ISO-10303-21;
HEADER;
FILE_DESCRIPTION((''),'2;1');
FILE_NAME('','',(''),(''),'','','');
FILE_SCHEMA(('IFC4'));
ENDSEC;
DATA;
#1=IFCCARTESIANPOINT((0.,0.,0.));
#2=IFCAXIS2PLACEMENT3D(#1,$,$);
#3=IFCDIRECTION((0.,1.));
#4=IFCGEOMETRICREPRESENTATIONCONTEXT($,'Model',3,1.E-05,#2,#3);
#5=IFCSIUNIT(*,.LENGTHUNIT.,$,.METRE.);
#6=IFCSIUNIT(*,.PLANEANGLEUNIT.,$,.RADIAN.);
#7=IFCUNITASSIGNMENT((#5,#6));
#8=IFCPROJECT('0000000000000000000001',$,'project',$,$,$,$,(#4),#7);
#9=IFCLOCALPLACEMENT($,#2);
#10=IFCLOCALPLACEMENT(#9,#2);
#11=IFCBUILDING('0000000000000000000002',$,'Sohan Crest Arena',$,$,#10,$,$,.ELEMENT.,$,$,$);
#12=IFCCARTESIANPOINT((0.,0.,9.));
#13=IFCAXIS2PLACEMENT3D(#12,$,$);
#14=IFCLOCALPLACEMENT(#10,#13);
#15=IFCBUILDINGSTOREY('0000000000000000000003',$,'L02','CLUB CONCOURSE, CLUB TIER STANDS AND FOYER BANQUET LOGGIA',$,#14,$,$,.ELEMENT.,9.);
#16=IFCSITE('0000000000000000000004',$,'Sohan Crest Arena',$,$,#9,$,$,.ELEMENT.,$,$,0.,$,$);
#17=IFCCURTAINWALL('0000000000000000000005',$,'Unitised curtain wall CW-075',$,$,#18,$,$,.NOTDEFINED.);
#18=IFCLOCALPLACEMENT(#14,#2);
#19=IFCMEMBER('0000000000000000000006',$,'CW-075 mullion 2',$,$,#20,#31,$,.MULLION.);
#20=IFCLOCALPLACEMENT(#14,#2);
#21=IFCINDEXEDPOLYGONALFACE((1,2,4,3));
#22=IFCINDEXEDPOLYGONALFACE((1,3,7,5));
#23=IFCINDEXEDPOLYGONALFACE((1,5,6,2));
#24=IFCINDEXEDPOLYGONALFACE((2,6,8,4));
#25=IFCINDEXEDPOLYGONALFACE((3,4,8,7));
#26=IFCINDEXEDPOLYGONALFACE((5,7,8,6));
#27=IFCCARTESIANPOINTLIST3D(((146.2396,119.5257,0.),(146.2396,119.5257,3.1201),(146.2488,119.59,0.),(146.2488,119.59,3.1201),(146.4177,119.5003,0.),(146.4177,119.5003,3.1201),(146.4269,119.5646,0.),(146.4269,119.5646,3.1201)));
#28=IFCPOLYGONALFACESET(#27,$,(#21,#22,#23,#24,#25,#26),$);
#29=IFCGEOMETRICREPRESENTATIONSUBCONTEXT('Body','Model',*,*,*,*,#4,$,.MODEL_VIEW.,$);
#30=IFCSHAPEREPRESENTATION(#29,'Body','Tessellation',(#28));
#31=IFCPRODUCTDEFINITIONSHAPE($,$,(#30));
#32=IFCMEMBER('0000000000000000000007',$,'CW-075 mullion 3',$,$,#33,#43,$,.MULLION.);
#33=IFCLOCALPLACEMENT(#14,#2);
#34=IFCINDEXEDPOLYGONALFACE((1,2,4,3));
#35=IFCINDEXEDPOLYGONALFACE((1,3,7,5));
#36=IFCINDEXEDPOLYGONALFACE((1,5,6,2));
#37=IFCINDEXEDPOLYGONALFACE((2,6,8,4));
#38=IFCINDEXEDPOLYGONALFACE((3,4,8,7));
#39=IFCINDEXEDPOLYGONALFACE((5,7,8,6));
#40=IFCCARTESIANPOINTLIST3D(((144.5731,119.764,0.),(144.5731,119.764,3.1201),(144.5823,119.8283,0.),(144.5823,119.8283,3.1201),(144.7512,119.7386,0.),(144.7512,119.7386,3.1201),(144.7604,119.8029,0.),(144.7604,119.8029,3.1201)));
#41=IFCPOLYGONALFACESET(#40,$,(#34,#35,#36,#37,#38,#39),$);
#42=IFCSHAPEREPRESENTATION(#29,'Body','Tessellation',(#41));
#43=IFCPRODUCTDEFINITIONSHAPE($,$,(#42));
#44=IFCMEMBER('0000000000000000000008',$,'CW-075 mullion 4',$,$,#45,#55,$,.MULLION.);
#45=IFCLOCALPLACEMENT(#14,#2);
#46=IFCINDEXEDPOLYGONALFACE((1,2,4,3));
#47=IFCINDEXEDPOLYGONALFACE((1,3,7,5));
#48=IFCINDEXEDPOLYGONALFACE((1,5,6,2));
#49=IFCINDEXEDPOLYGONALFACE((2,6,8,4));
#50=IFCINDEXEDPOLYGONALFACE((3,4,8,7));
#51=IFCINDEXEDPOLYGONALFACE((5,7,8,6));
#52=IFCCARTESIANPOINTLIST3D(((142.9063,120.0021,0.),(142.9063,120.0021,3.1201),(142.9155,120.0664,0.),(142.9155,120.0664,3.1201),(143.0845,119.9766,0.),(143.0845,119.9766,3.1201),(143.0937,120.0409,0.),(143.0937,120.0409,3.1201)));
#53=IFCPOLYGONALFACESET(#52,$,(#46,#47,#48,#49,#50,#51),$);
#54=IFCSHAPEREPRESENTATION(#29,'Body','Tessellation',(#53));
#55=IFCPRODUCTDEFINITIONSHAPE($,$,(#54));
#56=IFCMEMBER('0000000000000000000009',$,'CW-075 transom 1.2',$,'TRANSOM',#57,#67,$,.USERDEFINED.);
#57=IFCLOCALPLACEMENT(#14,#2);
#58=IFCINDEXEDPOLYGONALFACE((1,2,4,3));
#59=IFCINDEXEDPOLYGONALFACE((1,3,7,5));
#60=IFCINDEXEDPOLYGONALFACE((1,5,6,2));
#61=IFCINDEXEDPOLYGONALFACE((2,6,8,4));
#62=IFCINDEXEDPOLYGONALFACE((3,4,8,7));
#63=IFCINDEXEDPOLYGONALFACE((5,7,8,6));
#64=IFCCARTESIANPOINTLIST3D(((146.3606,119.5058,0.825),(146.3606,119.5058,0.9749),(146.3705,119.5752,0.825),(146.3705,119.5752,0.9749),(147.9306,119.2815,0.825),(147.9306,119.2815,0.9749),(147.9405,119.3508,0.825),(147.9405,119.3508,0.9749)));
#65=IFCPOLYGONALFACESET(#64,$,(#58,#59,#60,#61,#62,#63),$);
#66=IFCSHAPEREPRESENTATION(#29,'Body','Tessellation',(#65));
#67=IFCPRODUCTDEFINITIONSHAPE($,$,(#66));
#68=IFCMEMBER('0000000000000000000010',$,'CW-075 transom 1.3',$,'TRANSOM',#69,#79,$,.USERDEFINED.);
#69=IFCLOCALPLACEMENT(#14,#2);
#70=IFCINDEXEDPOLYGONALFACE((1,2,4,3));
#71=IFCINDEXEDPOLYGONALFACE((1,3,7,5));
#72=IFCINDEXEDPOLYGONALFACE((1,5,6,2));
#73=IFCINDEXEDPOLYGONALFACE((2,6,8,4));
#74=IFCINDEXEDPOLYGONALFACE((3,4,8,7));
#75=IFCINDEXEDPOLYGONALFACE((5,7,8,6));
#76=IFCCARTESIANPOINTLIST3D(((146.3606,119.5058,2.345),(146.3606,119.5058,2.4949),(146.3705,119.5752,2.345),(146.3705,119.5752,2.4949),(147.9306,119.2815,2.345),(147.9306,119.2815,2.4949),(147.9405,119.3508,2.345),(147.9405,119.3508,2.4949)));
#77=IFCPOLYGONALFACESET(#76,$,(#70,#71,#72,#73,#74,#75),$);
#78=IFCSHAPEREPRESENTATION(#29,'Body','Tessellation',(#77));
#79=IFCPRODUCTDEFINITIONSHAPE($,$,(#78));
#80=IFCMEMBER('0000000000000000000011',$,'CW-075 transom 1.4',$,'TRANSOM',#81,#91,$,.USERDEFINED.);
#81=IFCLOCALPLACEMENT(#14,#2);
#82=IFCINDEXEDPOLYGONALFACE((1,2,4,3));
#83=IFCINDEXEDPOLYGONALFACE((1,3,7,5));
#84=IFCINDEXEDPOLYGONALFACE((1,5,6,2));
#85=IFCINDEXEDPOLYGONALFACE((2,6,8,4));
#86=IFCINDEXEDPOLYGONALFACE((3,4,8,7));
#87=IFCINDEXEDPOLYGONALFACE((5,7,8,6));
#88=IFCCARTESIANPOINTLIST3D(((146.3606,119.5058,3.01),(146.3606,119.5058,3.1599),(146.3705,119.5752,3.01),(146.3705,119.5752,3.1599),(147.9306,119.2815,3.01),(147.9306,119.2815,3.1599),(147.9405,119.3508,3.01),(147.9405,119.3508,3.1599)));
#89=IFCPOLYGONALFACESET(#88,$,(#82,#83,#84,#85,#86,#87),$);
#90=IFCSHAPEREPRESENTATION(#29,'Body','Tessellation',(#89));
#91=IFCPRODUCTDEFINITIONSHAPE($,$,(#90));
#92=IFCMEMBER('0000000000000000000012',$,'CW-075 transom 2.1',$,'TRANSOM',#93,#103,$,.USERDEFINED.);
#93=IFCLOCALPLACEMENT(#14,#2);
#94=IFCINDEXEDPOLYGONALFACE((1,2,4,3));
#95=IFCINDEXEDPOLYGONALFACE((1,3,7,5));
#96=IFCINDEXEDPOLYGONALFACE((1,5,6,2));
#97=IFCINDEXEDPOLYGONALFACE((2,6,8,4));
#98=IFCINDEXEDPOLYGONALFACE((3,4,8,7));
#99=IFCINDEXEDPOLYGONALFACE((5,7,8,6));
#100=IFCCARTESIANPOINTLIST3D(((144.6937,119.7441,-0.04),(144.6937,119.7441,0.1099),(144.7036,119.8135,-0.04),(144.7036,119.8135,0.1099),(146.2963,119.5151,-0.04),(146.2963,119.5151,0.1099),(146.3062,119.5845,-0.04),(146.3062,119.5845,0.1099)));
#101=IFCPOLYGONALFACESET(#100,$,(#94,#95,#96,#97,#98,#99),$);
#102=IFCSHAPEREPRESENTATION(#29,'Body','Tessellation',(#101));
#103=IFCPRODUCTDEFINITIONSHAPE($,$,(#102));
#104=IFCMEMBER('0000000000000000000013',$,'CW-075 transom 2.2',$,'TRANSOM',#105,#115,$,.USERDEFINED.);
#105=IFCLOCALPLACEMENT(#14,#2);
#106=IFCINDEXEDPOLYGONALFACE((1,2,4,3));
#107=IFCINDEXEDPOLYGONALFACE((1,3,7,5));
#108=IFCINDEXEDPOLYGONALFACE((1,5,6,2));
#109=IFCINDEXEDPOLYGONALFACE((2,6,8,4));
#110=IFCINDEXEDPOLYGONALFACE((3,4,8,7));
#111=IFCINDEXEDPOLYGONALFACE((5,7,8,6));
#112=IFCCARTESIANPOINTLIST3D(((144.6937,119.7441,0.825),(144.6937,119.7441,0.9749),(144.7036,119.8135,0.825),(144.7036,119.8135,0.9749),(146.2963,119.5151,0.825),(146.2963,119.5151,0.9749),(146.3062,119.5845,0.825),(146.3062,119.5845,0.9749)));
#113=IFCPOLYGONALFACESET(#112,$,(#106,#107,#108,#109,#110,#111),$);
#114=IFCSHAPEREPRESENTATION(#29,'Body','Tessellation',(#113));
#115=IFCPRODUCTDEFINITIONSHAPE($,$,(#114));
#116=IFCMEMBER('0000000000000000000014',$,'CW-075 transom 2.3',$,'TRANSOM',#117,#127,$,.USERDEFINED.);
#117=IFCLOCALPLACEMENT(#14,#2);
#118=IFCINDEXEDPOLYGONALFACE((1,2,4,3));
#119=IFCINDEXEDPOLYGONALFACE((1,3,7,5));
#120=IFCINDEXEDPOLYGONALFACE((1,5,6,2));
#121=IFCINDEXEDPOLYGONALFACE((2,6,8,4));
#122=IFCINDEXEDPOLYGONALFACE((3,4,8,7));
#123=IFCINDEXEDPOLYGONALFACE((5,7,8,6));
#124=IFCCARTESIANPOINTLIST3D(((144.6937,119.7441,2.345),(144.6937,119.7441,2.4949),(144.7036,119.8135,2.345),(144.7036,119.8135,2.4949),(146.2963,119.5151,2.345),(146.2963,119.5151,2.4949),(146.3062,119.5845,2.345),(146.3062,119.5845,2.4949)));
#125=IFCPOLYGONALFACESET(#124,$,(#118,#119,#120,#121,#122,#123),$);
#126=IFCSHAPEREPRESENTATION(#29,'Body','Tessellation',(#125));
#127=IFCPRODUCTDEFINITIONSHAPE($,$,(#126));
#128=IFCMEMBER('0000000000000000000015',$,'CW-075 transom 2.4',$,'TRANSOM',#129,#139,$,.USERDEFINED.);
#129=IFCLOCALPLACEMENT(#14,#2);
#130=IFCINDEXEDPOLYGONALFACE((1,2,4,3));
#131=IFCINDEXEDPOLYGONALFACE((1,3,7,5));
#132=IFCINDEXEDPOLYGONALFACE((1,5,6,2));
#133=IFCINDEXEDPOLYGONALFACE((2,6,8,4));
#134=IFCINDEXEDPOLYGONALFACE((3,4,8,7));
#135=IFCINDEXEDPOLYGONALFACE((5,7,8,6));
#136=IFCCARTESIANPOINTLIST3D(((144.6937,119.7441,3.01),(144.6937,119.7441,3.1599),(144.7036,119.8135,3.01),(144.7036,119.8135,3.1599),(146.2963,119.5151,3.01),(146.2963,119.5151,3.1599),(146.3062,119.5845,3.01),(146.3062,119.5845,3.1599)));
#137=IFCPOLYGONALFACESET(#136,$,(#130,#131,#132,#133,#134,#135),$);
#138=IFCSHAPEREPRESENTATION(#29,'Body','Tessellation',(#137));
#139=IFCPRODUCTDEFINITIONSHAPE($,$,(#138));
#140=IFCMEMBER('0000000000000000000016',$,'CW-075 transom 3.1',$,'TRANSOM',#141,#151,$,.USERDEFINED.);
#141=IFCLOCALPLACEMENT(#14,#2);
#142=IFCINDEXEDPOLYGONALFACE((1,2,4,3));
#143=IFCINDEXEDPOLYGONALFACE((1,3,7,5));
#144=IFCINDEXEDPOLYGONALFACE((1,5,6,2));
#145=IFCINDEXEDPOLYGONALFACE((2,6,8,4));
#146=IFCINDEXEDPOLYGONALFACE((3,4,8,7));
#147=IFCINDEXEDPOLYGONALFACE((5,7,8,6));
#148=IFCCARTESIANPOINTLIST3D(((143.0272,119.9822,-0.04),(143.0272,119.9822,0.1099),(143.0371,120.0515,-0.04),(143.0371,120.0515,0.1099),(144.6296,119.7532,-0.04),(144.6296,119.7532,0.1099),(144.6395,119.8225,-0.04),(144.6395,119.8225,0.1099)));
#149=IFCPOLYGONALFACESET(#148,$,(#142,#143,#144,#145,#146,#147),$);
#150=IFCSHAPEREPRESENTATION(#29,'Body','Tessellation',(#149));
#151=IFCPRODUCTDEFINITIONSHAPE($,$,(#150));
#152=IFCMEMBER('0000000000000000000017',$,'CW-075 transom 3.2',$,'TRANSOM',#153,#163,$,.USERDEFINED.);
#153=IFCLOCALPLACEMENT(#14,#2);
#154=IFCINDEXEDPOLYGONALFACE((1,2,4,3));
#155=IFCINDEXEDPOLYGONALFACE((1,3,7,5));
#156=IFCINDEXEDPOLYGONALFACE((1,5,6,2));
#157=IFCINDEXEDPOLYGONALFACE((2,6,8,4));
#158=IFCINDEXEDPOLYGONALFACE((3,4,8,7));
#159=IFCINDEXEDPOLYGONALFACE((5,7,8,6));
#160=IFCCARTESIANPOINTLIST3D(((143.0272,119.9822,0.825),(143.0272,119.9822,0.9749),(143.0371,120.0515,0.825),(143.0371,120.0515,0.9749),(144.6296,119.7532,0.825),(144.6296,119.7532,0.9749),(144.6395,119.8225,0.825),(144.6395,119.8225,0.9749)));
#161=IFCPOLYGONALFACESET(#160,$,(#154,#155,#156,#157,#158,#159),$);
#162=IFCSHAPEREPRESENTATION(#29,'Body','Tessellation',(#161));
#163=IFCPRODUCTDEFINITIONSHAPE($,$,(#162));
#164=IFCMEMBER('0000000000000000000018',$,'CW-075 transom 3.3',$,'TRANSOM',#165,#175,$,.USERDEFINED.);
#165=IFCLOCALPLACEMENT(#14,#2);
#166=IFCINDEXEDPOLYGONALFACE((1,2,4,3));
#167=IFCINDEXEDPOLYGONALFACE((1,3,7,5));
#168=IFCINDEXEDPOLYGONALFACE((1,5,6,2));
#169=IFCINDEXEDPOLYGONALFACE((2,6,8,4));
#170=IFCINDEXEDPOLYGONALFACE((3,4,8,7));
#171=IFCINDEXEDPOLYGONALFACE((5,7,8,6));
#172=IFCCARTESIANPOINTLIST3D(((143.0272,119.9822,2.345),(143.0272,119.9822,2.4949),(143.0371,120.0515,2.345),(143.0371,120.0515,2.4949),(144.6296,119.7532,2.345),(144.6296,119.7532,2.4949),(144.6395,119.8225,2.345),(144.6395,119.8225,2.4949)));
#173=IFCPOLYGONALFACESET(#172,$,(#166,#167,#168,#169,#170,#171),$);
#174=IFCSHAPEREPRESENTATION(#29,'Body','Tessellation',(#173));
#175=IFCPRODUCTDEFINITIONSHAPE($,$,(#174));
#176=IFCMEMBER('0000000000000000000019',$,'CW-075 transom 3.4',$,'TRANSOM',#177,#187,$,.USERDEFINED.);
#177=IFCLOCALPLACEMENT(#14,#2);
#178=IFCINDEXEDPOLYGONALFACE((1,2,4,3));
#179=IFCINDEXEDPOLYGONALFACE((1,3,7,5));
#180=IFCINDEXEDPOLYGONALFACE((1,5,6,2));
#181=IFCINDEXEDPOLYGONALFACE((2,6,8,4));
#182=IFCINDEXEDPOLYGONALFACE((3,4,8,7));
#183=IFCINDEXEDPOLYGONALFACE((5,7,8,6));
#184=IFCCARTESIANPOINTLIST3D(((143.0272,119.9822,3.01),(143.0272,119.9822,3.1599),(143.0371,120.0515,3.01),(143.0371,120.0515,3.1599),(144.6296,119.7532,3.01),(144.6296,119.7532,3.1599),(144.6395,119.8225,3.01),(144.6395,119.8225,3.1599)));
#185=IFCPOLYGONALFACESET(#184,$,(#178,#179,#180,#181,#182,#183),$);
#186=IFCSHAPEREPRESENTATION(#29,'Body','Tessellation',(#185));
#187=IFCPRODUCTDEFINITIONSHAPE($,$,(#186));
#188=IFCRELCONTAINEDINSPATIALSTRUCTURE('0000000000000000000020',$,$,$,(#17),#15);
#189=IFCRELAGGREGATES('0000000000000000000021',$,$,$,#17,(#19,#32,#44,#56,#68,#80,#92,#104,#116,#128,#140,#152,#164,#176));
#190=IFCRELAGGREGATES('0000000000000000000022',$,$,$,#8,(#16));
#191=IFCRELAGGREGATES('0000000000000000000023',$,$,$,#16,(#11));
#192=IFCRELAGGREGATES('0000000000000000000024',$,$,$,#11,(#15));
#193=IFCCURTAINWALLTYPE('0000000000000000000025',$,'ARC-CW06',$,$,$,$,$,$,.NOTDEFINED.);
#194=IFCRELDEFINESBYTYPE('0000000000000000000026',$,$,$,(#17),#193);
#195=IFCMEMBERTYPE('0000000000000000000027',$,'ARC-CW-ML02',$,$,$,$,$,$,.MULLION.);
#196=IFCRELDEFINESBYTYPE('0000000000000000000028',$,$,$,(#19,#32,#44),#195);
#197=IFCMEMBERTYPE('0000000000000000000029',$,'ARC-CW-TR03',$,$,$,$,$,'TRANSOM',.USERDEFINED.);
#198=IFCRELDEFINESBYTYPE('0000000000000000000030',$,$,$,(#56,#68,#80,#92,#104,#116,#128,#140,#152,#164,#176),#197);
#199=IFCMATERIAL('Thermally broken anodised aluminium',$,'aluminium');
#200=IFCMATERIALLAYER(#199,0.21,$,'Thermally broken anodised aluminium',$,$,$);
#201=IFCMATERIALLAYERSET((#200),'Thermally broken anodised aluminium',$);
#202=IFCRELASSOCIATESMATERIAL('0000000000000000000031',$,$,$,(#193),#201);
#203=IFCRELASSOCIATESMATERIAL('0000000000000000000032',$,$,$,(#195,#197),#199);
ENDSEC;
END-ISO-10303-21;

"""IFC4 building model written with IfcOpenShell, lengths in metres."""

from ifc_helpers import new_model, si_unit, direction, frame, origin, origin_2d, place, context, subcontext, project, spatial, rectangle, extrude, material, layer, layer_set, material_profile, profile_set, type_object, element, aggregate, save


model = new_model("IFC4")

# Units and contexts
model_context = context("Model", 3, precision=1e-05, world=origin(), true_north=direction((0.0, 1.0)))
body_context = subcontext(model_context, "Body", "Model", "MODEL_VIEW")
ifc_project = project(units=[si_unit("LENGTHUNIT", "METRE"), si_unit("PLANEANGLEUNIT", "RADIAN")], contexts=[model_context])

# Site, building, storey
site_placement = place(None, origin())
site = spatial("IfcSite", under=ifc_project, at=site_placement, Name="Sohan Crest Arena", CompositionType="ELEMENT", RefElevation=0.0)
building_placement = place(site_placement, origin())
building = spatial("IfcBuilding", under=site, at=building_placement, Name="Sohan Crest Arena", CompositionType="ELEMENT")
storey_placement = place(building_placement, frame((0.0, 0.0, 9.0)))
storey = spatial("IfcBuildingStorey", under=building, at=storey_placement, Name="L02", Description="CLUB CONCOURSE, CLUB TIER STANDS AND FOYER BANQUET LOGGIA", CompositionType="ELEMENT", Elevation=9.0)

# Curtain wall, members
ifc_material_1 = material(Name="Thermally broken anodised aluminium", Category="aluminium")
ifc_layer_1 = layer(ifc_material_1, 0.21, Name="Thermally broken anodised aluminium")
ifc_layer_set_1 = layer_set([ifc_layer_1], Name="Thermally broken anodised aluminium")
curtain_wall_type = type_object("IfcCurtainWallType", Name="ARC-CW06", PredefinedType="NOTDEFINED", material=ifc_layer_set_1)
curtain_wall_placement = place(storey_placement, origin())
curtain_wall = element("IfcCurtainWall", 1, at=curtain_wall_placement, inside=storey, type_object=curtain_wall_type, Name="Unitised curtain wall CW-075", PredefinedType="NOTDEFINED")
ifc_material_profile_1 = material_profile(ifc_material_1, rectangle(XDim=0.0649, YDim=0.1799, at=origin_2d()), Name="ALU-MULL 65x180")
ifc_profile_set_1 = profile_set([ifc_material_profile_1], Name="Thermally broken anodised aluminium")
member_type_1 = type_object("IfcMemberType", Name="ARC-CW-ML02", PredefinedType="MULLION", material=ifc_profile_set_1)
member_1_placement = place(storey_placement, frame((146.3333, 119.5452, 0.0), z_axis=(0.0, 0.0, 1.0), x_axis=(-0.141463, -0.989944, 0.0)))
member_1 = element("IfcMember", 2, at=member_1_placement, type_object=member_type_1, Name="CW-075 mullion 2", PredefinedType="MULLION", context=body_context, shape_type="SweptSolid", body=[
    extrude(rectangle(XDim=0.0649, YDim=0.1799, at=origin_2d()), origin(), (0.0, 0.0, 1.0), 3.1201),
])
member_2_placement = place(storey_placement, frame((144.6667, 119.7834, 0.0), z_axis=(0.0, 0.0, 1.0), x_axis=(-0.141463, -0.989944, 0.0)))
member_2 = element("IfcMember", 3, at=member_2_placement, type_object=member_type_1, Name="CW-075 mullion 3", PredefinedType="MULLION", context=body_context, shape_type="SweptSolid", body=[
    extrude(rectangle(XDim=0.0649, YDim=0.1799, at=origin_2d()), origin(), (0.0, 0.0, 1.0), 3.1201),
])
member_3_placement = place(storey_placement, frame((143.0, 120.0215, 0.0), z_axis=(0.0, 0.0, 1.0), x_axis=(-0.141463, -0.989944, 0.0)))
member_3 = element("IfcMember", 4, at=member_3_placement, type_object=member_type_1, Name="CW-075 mullion 4", PredefinedType="MULLION", context=body_context, shape_type="SweptSolid", body=[
    extrude(rectangle(XDim=0.0649, YDim=0.1799, at=origin_2d()), origin(), (0.0, 0.0, 1.0), 3.1201),
])
ifc_material_profile_2 = material_profile(ifc_material_1, rectangle(XDim=0.0701, YDim=0.1499, at=origin_2d()), Name="ALU-TRAN 70x150")
ifc_profile_set_2 = profile_set([ifc_material_profile_2], Name="Thermally broken anodised aluminium")
member_type_2 = type_object("IfcMemberType", Name="ARC-CW-TR03", ElementType="TRANSOM", PredefinedType="USERDEFINED", material=ifc_profile_set_2)
member_4_placement = place(storey_placement, frame((147.9355, 119.3162, 0.8999), z_axis=(-0.989943, 0.141464, 0.0), x_axis=(-0.141464, -0.989943, 0.0)))
member_4 = element("IfcMember", 5, at=member_4_placement, type_object=member_type_2, Name="CW-075 transom 1.2", ObjectType="TRANSOM", PredefinedType="USERDEFINED", context=body_context, shape_type="SweptSolid", body=[
    extrude(rectangle(XDim=0.0701, YDim=0.1499, at=origin_2d()), origin(), (0.0, 0.0, 1.0), 1.5859),
])
member_5_placement = place(storey_placement, frame((147.9355, 119.3162, 2.4199), z_axis=(-0.989943, 0.141464, 0.0), x_axis=(-0.141464, -0.989943, 0.0)))
member_5 = element("IfcMember", 6, at=member_5_placement, type_object=member_type_2, Name="CW-075 transom 1.3", ObjectType="TRANSOM", PredefinedType="USERDEFINED", context=body_context, shape_type="SweptSolid", body=[
    extrude(rectangle(XDim=0.0701, YDim=0.1499, at=origin_2d()), origin(), (0.0, 0.0, 1.0), 1.5859),
])
member_6_placement = place(storey_placement, frame((147.9355, 119.3162, 3.085), z_axis=(-0.989943, 0.141464, 0.0), x_axis=(-0.141464, -0.989943, 0.0)))
member_6 = element("IfcMember", 7, at=member_6_placement, type_object=member_type_2, Name="CW-075 transom 1.4", ObjectType="TRANSOM", PredefinedType="USERDEFINED", context=body_context, shape_type="SweptSolid", body=[
    extrude(rectangle(XDim=0.0701, YDim=0.1499, at=origin_2d()), origin(), (0.0, 0.0, 1.0), 1.5859),
])
member_7_placement = place(storey_placement, frame((146.3013, 119.5498, 0.0349), z_axis=(-0.989943, 0.141464, 0.0), x_axis=(-0.141464, -0.989943, 0.0)))
member_7 = element("IfcMember", 8, at=member_7_placement, type_object=member_type_2, Name="CW-075 transom 2.1", ObjectType="TRANSOM", PredefinedType="USERDEFINED", context=body_context, shape_type="SweptSolid", body=[
    extrude(rectangle(XDim=0.0701, YDim=0.1499, at=origin_2d()), origin(), (0.0, 0.0, 1.0), 1.6189),
])
member_8_placement = place(storey_placement, frame((146.3013, 119.5498, 0.8999), z_axis=(-0.989943, 0.141464, 0.0), x_axis=(-0.141464, -0.989943, 0.0)))
member_8 = element("IfcMember", 9, at=member_8_placement, type_object=member_type_2, Name="CW-075 transom 2.2", ObjectType="TRANSOM", PredefinedType="USERDEFINED", context=body_context, shape_type="SweptSolid", body=[
    extrude(rectangle(XDim=0.0701, YDim=0.1499, at=origin_2d()), origin(), (0.0, 0.0, 1.0), 1.6189),
])
member_9_placement = place(storey_placement, frame((146.3013, 119.5498, 2.4199), z_axis=(-0.989943, 0.141464, 0.0), x_axis=(-0.141464, -0.989943, 0.0)))
member_9 = element("IfcMember", 10, at=member_9_placement, type_object=member_type_2, Name="CW-075 transom 2.3", ObjectType="TRANSOM", PredefinedType="USERDEFINED", context=body_context, shape_type="SweptSolid", body=[
    extrude(rectangle(XDim=0.0701, YDim=0.1499, at=origin_2d()), origin(), (0.0, 0.0, 1.0), 1.6189),
])
member_10_placement = place(storey_placement, frame((146.3013, 119.5498, 3.085), z_axis=(-0.989943, 0.141464, 0.0), x_axis=(-0.141464, -0.989943, 0.0)))
member_10 = element("IfcMember", 11, at=member_10_placement, type_object=member_type_2, Name="CW-075 transom 2.4", ObjectType="TRANSOM", PredefinedType="USERDEFINED", context=body_context, shape_type="SweptSolid", body=[
    extrude(rectangle(XDim=0.0701, YDim=0.1499, at=origin_2d()), origin(), (0.0, 0.0, 1.0), 1.6189),
])
member_11_placement = place(storey_placement, frame((144.6345, 119.7878, 0.0349), z_axis=(-0.98994, 0.141485, 0.0), x_axis=(-0.141485, -0.98994, 0.0)))
member_11 = element("IfcMember", 12, at=member_11_placement, type_object=member_type_2, Name="CW-075 transom 3.1", ObjectType="TRANSOM", PredefinedType="USERDEFINED", context=body_context, shape_type="SweptSolid", body=[
    extrude(rectangle(XDim=0.0701, YDim=0.1499, at=origin_2d()), origin(), (0.0, 0.0, 1.0), 1.6187),
])
member_12_placement = place(storey_placement, frame((144.6345, 119.7878, 0.8999), z_axis=(-0.98994, 0.141485, 0.0), x_axis=(-0.141485, -0.98994, 0.0)))
member_12 = element("IfcMember", 13, at=member_12_placement, type_object=member_type_2, Name="CW-075 transom 3.2", ObjectType="TRANSOM", PredefinedType="USERDEFINED", context=body_context, shape_type="SweptSolid", body=[
    extrude(rectangle(XDim=0.0701, YDim=0.1499, at=origin_2d()), origin(), (0.0, 0.0, 1.0), 1.6187),
])
member_13_placement = place(storey_placement, frame((144.6345, 119.7878, 2.4199), z_axis=(-0.98994, 0.141485, 0.0), x_axis=(-0.141485, -0.98994, 0.0)))
member_13 = element("IfcMember", 14, at=member_13_placement, type_object=member_type_2, Name="CW-075 transom 3.3", ObjectType="TRANSOM", PredefinedType="USERDEFINED", context=body_context, shape_type="SweptSolid", body=[
    extrude(rectangle(XDim=0.0701, YDim=0.1499, at=origin_2d()), origin(), (0.0, 0.0, 1.0), 1.6187),
])
member_14_placement = place(storey_placement, frame((144.6345, 119.7878, 3.085), z_axis=(-0.98994, 0.141485, 0.0), x_axis=(-0.141485, -0.98994, 0.0)))
member_14 = element("IfcMember", 15, at=member_14_placement, type_object=member_type_2, Name="CW-075 transom 3.4", ObjectType="TRANSOM", PredefinedType="USERDEFINED", context=body_context, shape_type="SweptSolid", body=[
    extrude(rectangle(XDim=0.0701, YDim=0.1499, at=origin_2d()), origin(), (0.0, 0.0, 1.0), 1.6187),
])
aggregate(curtain_wall, [member_1, member_2, member_3, member_4, member_5, member_6, member_7, member_8, member_9, member_10, member_11, member_12, member_13, member_14])

save(model, "model.ifc")
